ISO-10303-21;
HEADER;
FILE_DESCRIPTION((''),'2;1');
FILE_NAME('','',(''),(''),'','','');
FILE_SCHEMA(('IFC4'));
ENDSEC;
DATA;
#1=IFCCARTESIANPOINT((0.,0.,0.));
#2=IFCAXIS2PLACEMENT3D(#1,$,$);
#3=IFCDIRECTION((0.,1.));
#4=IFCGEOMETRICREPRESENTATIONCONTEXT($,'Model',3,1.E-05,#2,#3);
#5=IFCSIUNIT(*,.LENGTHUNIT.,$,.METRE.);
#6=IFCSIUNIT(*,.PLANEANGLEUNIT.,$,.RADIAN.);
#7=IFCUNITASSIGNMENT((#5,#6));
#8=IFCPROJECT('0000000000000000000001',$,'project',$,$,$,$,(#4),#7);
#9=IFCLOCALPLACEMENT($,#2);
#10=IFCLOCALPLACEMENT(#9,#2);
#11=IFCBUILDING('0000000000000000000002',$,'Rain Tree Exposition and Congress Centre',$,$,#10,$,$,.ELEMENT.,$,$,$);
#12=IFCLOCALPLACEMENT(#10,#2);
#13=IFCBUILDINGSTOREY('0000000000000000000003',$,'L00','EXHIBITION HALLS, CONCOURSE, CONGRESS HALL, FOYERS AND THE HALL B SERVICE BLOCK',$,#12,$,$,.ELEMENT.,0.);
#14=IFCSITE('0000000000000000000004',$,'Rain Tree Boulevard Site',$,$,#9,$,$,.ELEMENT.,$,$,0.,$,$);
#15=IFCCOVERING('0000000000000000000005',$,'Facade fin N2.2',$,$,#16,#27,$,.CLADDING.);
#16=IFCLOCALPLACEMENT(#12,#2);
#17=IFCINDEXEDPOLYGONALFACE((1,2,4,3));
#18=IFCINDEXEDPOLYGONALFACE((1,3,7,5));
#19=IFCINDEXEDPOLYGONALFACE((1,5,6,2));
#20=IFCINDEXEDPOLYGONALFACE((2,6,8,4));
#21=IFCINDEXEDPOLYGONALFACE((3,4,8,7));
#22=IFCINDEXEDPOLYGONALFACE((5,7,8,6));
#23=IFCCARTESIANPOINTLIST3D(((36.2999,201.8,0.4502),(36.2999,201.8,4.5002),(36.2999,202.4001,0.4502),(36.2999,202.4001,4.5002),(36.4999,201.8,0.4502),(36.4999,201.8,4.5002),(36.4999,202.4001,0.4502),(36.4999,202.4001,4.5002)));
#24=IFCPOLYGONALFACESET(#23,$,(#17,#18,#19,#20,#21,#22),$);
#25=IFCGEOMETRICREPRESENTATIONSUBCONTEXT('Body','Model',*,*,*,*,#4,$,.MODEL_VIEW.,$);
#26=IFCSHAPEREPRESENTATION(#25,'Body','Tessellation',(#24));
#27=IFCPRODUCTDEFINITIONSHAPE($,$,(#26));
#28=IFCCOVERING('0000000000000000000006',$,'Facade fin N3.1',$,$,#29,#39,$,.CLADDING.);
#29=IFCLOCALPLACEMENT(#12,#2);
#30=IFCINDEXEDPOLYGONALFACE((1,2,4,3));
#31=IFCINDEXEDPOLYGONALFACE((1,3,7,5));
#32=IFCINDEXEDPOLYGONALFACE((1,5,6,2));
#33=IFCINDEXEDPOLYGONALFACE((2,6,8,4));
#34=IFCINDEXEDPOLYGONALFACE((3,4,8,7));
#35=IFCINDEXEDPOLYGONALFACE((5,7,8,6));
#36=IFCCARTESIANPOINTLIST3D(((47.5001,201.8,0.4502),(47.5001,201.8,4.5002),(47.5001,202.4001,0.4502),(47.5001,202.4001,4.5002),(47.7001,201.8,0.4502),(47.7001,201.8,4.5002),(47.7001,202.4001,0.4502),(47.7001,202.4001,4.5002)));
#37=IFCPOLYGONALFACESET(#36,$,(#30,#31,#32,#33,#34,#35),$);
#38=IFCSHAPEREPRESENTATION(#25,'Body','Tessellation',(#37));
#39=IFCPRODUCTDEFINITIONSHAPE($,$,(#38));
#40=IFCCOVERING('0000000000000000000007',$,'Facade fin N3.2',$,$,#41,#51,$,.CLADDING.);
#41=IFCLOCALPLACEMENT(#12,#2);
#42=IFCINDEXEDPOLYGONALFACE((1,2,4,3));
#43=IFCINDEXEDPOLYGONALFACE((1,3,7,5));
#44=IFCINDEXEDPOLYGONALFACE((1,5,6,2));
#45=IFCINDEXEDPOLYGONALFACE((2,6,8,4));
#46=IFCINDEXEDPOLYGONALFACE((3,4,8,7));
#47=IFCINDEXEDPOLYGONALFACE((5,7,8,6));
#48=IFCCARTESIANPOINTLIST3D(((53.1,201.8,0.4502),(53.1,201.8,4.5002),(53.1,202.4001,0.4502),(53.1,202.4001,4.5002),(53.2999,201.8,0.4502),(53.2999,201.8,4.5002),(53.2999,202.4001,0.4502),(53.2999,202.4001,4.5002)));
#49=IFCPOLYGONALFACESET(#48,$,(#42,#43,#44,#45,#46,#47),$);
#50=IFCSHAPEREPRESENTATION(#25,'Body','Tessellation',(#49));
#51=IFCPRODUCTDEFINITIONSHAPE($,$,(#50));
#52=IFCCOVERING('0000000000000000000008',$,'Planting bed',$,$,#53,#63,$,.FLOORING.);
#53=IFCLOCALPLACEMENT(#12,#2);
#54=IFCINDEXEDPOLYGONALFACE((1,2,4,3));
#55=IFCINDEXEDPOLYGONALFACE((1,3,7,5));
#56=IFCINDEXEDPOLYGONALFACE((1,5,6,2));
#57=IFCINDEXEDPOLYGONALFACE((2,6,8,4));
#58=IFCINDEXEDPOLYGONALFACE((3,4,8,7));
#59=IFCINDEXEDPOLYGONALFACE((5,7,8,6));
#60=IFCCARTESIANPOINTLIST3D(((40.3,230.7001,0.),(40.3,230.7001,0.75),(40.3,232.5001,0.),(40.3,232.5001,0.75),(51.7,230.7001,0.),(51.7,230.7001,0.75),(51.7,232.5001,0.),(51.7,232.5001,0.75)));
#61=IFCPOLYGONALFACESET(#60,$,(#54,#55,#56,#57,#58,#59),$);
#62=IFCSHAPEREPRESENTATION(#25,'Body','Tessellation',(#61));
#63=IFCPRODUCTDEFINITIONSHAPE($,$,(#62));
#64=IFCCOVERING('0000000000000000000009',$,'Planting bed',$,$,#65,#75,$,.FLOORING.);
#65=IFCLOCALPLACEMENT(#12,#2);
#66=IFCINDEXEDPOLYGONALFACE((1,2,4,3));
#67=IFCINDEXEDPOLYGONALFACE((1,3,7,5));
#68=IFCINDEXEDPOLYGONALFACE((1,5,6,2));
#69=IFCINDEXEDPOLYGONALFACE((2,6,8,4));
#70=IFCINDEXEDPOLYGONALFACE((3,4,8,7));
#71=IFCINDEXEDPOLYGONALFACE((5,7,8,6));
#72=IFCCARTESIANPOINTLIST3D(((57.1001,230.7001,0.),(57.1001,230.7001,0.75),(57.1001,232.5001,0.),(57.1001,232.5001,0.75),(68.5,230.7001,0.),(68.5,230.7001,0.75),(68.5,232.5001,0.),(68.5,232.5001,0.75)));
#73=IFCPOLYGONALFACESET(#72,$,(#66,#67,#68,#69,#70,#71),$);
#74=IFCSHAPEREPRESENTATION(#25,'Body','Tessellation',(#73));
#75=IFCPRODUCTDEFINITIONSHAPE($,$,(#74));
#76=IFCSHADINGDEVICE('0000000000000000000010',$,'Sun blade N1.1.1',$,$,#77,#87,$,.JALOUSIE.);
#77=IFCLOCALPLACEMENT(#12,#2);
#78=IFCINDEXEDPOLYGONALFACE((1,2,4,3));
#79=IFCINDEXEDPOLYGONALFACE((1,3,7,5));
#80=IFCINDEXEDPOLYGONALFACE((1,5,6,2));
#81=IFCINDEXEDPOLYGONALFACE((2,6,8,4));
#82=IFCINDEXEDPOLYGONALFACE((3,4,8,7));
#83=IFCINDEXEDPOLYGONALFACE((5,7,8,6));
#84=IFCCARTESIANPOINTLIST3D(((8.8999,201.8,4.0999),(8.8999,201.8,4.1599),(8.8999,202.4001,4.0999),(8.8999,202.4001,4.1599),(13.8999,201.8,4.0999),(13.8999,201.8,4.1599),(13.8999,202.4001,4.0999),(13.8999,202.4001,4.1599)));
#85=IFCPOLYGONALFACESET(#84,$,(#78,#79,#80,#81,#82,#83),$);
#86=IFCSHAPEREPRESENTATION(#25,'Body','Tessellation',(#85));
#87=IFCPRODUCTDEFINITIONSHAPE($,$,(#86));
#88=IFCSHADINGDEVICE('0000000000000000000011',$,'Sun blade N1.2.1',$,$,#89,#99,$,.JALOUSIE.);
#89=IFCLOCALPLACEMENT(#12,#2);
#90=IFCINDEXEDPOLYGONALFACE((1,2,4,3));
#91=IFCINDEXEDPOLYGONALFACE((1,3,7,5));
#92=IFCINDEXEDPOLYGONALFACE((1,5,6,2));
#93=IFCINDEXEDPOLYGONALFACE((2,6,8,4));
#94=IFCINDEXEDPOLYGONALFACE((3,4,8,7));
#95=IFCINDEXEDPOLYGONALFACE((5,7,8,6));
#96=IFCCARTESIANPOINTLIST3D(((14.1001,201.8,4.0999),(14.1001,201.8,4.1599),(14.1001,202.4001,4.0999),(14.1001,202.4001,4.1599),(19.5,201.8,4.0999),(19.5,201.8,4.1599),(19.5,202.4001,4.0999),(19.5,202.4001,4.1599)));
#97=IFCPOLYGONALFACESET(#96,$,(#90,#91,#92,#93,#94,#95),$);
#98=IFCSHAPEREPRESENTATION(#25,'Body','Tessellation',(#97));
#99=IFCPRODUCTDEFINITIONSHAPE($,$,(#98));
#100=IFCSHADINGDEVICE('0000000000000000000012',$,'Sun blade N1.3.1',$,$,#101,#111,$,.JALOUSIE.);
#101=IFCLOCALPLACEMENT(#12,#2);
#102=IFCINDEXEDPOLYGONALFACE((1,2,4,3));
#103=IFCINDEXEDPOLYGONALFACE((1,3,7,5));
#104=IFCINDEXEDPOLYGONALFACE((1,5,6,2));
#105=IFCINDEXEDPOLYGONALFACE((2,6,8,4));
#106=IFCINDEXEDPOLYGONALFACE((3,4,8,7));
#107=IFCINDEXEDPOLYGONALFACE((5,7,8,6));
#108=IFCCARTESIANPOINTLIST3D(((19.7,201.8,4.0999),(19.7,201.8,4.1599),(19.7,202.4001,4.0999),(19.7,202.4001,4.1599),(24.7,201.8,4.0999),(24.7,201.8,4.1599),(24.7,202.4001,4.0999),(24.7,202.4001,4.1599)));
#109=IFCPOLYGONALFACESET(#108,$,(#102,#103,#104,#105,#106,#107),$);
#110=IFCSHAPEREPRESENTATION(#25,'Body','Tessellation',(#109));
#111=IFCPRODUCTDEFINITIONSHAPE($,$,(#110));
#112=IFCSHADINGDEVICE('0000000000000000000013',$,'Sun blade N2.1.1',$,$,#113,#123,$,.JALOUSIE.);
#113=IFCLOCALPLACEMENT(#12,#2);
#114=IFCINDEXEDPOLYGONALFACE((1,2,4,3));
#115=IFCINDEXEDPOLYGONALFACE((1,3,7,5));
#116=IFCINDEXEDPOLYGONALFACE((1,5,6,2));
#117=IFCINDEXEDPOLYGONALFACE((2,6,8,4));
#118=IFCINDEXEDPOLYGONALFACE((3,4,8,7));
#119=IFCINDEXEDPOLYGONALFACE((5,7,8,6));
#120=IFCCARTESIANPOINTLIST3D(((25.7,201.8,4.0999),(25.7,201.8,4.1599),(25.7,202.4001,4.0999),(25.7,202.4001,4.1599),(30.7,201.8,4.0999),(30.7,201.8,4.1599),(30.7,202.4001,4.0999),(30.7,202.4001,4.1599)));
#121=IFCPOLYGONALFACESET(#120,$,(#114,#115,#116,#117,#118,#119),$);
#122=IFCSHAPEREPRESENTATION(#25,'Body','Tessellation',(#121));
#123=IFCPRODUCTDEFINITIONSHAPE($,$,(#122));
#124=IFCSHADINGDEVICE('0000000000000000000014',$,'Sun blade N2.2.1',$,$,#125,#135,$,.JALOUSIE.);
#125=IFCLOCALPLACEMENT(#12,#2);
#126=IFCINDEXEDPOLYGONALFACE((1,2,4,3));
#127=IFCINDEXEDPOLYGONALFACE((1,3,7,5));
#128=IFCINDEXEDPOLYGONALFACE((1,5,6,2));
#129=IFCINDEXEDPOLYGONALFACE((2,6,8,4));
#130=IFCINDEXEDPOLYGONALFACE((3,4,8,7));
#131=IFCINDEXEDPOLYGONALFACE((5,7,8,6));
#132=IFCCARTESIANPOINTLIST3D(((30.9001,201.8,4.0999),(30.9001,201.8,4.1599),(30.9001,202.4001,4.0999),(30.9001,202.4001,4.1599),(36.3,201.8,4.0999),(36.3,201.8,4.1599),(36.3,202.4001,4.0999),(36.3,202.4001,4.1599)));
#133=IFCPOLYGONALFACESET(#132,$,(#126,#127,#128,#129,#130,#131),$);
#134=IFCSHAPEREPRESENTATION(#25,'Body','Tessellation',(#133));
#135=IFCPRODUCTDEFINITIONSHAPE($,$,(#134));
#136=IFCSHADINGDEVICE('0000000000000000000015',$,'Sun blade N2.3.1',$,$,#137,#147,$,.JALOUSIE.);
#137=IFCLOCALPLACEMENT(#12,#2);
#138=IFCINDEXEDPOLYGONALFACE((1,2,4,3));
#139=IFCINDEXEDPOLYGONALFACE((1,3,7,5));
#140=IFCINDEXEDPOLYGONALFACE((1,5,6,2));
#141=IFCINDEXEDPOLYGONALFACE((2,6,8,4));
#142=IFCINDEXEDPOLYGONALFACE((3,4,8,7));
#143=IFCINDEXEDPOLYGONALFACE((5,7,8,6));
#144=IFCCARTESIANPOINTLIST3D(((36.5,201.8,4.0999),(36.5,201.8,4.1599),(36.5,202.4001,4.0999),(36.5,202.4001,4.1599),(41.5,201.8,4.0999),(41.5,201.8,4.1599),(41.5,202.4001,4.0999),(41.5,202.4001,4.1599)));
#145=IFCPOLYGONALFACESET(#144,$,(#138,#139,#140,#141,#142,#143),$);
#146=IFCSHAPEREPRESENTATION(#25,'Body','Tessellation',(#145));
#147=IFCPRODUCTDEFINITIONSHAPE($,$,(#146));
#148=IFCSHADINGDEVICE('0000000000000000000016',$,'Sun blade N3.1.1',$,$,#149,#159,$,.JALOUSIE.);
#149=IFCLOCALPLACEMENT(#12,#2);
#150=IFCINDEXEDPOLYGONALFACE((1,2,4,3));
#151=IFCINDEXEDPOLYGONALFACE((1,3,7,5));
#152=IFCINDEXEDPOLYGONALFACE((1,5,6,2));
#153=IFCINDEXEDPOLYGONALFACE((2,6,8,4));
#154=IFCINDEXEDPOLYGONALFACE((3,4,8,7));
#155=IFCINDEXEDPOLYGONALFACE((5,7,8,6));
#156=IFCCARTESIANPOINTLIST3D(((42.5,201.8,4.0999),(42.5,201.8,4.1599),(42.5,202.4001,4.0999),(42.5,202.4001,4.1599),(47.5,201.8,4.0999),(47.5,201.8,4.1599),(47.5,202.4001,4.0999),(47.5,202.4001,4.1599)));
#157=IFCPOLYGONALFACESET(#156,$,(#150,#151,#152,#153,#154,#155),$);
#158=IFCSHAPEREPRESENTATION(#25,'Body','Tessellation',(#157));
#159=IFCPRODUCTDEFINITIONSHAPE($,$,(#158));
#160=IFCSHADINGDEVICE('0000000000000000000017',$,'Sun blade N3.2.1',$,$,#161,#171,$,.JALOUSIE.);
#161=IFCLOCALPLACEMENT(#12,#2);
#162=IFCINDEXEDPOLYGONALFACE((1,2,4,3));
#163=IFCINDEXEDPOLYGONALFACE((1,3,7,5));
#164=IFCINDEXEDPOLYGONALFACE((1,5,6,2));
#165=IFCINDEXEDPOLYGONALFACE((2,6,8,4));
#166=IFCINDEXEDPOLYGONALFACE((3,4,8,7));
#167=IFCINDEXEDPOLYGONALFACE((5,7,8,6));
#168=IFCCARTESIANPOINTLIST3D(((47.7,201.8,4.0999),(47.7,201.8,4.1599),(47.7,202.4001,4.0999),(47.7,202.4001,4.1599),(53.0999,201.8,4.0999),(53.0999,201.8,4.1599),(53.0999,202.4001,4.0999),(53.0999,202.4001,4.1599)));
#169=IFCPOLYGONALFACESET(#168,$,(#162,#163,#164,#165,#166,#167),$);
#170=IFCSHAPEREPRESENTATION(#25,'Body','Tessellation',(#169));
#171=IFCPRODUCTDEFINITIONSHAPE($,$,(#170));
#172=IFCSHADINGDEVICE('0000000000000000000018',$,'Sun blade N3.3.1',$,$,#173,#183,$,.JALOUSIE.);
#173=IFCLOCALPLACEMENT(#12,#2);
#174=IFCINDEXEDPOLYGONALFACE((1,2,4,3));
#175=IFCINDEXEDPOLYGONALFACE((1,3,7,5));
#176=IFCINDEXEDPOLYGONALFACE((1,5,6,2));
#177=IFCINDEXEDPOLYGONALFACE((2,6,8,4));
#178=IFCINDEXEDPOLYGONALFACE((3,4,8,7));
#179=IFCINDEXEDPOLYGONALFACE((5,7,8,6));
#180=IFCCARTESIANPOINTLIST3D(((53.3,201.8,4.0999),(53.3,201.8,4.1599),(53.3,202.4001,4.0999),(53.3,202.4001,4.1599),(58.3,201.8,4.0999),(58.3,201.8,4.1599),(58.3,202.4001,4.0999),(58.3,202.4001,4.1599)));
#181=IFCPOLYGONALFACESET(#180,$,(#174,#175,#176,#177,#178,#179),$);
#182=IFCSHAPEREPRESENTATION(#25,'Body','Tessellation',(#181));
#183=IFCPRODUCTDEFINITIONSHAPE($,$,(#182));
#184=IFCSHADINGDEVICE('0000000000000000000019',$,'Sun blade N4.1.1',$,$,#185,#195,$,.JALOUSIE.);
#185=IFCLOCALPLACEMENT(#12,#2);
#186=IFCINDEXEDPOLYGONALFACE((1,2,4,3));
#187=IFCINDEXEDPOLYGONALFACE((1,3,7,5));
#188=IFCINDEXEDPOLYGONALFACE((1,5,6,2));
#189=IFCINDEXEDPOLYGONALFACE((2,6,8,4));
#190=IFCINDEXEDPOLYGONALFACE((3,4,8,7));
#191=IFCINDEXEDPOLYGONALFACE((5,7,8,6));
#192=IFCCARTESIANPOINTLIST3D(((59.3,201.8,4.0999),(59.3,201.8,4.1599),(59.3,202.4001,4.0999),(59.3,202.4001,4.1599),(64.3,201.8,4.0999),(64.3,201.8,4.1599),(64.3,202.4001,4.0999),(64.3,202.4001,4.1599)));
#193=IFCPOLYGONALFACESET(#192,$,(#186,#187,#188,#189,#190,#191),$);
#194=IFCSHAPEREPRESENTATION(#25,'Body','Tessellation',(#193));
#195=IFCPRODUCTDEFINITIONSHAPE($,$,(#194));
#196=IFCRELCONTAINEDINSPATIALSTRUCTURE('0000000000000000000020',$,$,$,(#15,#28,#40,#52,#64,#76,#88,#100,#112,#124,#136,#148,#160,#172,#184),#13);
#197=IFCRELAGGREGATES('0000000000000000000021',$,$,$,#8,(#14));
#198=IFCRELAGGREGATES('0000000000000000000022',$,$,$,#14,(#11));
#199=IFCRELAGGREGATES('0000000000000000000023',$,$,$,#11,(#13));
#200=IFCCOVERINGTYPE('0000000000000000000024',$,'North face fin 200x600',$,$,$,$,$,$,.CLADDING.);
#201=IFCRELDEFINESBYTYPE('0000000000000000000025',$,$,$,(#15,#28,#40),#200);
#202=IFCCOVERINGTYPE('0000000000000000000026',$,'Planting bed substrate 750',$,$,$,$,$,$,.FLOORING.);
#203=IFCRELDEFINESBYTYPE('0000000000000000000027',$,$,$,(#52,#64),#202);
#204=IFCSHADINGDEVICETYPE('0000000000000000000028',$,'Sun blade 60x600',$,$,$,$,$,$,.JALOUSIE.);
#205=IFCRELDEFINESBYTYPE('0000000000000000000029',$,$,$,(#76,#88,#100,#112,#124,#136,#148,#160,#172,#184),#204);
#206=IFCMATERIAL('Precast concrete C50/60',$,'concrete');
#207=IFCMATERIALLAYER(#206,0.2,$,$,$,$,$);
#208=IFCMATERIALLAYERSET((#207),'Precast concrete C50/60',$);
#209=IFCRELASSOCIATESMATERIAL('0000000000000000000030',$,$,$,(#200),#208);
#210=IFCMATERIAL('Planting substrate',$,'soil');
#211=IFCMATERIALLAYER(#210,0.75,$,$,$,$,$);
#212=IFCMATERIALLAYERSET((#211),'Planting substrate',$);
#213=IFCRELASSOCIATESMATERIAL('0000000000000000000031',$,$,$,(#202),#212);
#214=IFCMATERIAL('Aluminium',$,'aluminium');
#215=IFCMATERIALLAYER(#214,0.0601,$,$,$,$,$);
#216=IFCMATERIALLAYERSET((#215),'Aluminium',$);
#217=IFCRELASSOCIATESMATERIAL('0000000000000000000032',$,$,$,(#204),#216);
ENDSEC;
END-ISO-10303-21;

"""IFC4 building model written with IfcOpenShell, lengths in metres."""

from ifc_helpers import new_model, si_unit, direction, frame, origin, origin_2d, place, context, subcontext, project, spatial, rectangle, extrude, material, layer, layer_set, type_object, element, save


model = new_model("IFC4")

# Units and contexts
model_context = context("Model", 3, precision=1e-05, world=origin(), true_north=direction((0.0, 1.0)))
body_context = subcontext(model_context, "Body", "Model", "MODEL_VIEW")
ifc_project = project(units=[si_unit("LENGTHUNIT", "METRE"), si_unit("PLANEANGLEUNIT", "RADIAN")], contexts=[model_context])

# Site, building, storey
site_placement = place(None, origin())
site = spatial("IfcSite", under=ifc_project, at=site_placement, Name="Rain Tree Boulevard Site", CompositionType="ELEMENT", RefElevation=0.0)
building_placement = place(site_placement, origin())
building = spatial("IfcBuilding", under=site, at=building_placement, Name="Rain Tree Exposition and Congress Centre", CompositionType="ELEMENT")
storey_placement = place(building_placement, origin())
storey = spatial("IfcBuildingStorey", under=building, at=storey_placement, Name="L00", Description="EXHIBITION HALLS, CONCOURSE, CONGRESS HALL, FOYERS AND THE HALL B SERVICE BLOCK", CompositionType="ELEMENT", Elevation=0.0)

# Coverings
ifc_material_1 = material(Name="Precast concrete C50/60", Category="concrete")
ifc_layer_1 = layer(ifc_material_1, 0.2)
ifc_layer_set_1 = layer_set([ifc_layer_1], Name="Precast concrete C50/60")
covering_type_1 = type_object("IfcCoveringType", Name="North face fin 200x600", PredefinedType="CLADDING", material=ifc_layer_set_1)
for number, where, z_axis, x_axis, name in (
    (1, (36.3999, 202.1001, 0.4502), (0.0, 0.0, 1.0), (1.0, 0.0, 0.0), "Facade fin N2.2"),
    (2, (47.6001, 202.1001, 0.4502), (0.0, 0.0, 1.0), (1.0, 0.0, 0.0), "Facade fin N3.1"),
    (3, (53.2, 202.1001, 0.4502), (0.0, 0.0, 1.0), (1.0, 0.0, 0.0), "Facade fin N3.2"),
):
    element("IfcCovering", number, at=place(storey_placement, frame(where, z_axis=z_axis, x_axis=x_axis)), inside=storey, type_object=covering_type_1, Name=name, PredefinedType="CLADDING", context=body_context, shape_type="SweptSolid", body=[
        extrude(rectangle(XDim=0.2, YDim=0.6001, at=origin_2d()), origin(), (0.0, 0.0, 1.0), 4.05),
    ])
ifc_material_2 = material(Name="Planting substrate", Category="soil")
ifc_layer_2 = layer(ifc_material_2, 0.75)
ifc_layer_set_2 = layer_set([ifc_layer_2], Name="Planting substrate")
covering_type_2 = type_object("IfcCoveringType", Name="Planting bed substrate 750", PredefinedType="FLOORING", material=ifc_layer_set_2)
for number, where, z_axis, x_axis, name in (
    (4, (46.0, 231.6001, 0.0), (0.0, 0.0, 1.0), (1.0, 0.0, 0.0), "Planting bed"),
    (5, (62.8, 231.6001, 0.0), (0.0, 0.0, 1.0), (1.0, 0.0, 0.0), "Planting bed"),
):
    element("IfcCovering", number, at=place(storey_placement, frame(where, z_axis=z_axis, x_axis=x_axis)), inside=storey, type_object=covering_type_2, Name=name, PredefinedType="FLOORING", context=body_context, shape_type="SweptSolid", body=[
        extrude(rectangle(XDim=11.3999, YDim=1.8, at=origin_2d()), origin(), (0.0, 0.0, 1.0), 0.75),
    ])

# Shading devices
ifc_material_3 = material(Name="Aluminium", Category="aluminium")
ifc_layer_3 = layer(ifc_material_3, 0.0601)
ifc_layer_set_3 = layer_set([ifc_layer_3], Name="Aluminium")
shading_device_type = type_object("IfcShadingDeviceType", Name="Sun blade 60x600", PredefinedType="JALOUSIE", material=ifc_layer_set_3)
shading_device_1_placement = place(storey_placement, frame((11.3999, 202.1001, 4.0999), z_axis=(0.0, 0.0, 1.0), x_axis=(1.0, 0.0, 0.0)))
element("IfcShadingDevice", 6, at=shading_device_1_placement, inside=storey, type_object=shading_device_type, Name="Sun blade N1.1.1", PredefinedType="JALOUSIE", context=body_context, shape_type="SweptSolid", body=[
    extrude(rectangle(XDim=5.0, YDim=0.6001, at=origin_2d()), origin(), (0.0, 0.0, 1.0), 0.0601),
])
shading_device_2_placement = place(storey_placement, frame((16.8, 202.1001, 4.0999), z_axis=(0.0, 0.0, 1.0), x_axis=(1.0, 0.0, 0.0)))
element("IfcShadingDevice", 7, at=shading_device_2_placement, inside=storey, type_object=shading_device_type, Name="Sun blade N1.2.1", PredefinedType="JALOUSIE", context=body_context, shape_type="SweptSolid", body=[
    extrude(rectangle(XDim=5.3999, YDim=0.6001, at=origin_2d()), origin(), (0.0, 0.0, 1.0), 0.0601),
])
for number, where, z_axis, x_axis, name in (
    (8, (22.2, 202.1001, 4.0999), (0.0, 0.0, 1.0), (1.0, 0.0, 0.0), "Sun blade N1.3.1"),
    (9, (28.2, 202.1001, 4.0999), (0.0, 0.0, 1.0), (1.0, 0.0, 0.0), "Sun blade N2.1.1"),
):
    element("IfcShadingDevice", number, at=place(storey_placement, frame(where, z_axis=z_axis, x_axis=x_axis)), inside=storey, type_object=shading_device_type, Name=name, PredefinedType="JALOUSIE", context=body_context, shape_type="SweptSolid", body=[
        extrude(rectangle(XDim=5.0, YDim=0.6001, at=origin_2d()), origin(), (0.0, 0.0, 1.0), 0.0601),
    ])
shading_device_3_placement = place(storey_placement, frame((33.6001, 202.1001, 4.0999), z_axis=(0.0, 0.0, 1.0), x_axis=(1.0, 0.0, 0.0)))
element("IfcShadingDevice", 10, at=shading_device_3_placement, inside=storey, type_object=shading_device_type, Name="Sun blade N2.2.1", PredefinedType="JALOUSIE", context=body_context, shape_type="SweptSolid", body=[
    extrude(rectangle(XDim=5.3999, YDim=0.6001, at=origin_2d()), origin(), (0.0, 0.0, 1.0), 0.0601),
])
for number, where, z_axis, x_axis, name in (
    (11, (39.0, 202.1001, 4.0999), (0.0, 0.0, 1.0), (1.0, 0.0, 0.0), "Sun blade N2.3.1"),
    (12, (45.0, 202.1001, 4.0999), (0.0, 0.0, 1.0), (1.0, 0.0, 0.0), "Sun blade N3.1.1"),
):
    element("IfcShadingDevice", number, at=place(storey_placement, frame(where, z_axis=z_axis, x_axis=x_axis)), inside=storey, type_object=shading_device_type, Name=name, PredefinedType="JALOUSIE", context=body_context, shape_type="SweptSolid", body=[
        extrude(rectangle(XDim=5.0, YDim=0.6001, at=origin_2d()), origin(), (0.0, 0.0, 1.0), 0.0601),
    ])
shading_device_4_placement = place(storey_placement, frame((50.3999, 202.1001, 4.0999), z_axis=(0.0, 0.0, 1.0), x_axis=(1.0, 0.0, 0.0)))
element("IfcShadingDevice", 13, at=shading_device_4_placement, inside=storey, type_object=shading_device_type, Name="Sun blade N3.2.1", PredefinedType="JALOUSIE", context=body_context, shape_type="SweptSolid", body=[
    extrude(rectangle(XDim=5.3999, YDim=0.6001, at=origin_2d()), origin(), (0.0, 0.0, 1.0), 0.0601),
])
for number, where, z_axis, x_axis, name in (
    (14, (55.8, 202.1001, 4.0999), (0.0, 0.0, 1.0), (1.0, 0.0, 0.0), "Sun blade N3.3.1"),
    (15, (61.8, 202.1001, 4.0999), (0.0, 0.0, 1.0), (1.0, 0.0, 0.0), "Sun blade N4.1.1"),
):
    element("IfcShadingDevice", number, at=place(storey_placement, frame(where, z_axis=z_axis, x_axis=x_axis)), inside=storey, type_object=shading_device_type, Name=name, PredefinedType="JALOUSIE", context=body_context, shape_type="SweptSolid", body=[
        extrude(rectangle(XDim=5.0, YDim=0.6001, at=origin_2d()), origin(), (0.0, 0.0, 1.0), 0.0601),
    ])

save(model, "model.ifc")
